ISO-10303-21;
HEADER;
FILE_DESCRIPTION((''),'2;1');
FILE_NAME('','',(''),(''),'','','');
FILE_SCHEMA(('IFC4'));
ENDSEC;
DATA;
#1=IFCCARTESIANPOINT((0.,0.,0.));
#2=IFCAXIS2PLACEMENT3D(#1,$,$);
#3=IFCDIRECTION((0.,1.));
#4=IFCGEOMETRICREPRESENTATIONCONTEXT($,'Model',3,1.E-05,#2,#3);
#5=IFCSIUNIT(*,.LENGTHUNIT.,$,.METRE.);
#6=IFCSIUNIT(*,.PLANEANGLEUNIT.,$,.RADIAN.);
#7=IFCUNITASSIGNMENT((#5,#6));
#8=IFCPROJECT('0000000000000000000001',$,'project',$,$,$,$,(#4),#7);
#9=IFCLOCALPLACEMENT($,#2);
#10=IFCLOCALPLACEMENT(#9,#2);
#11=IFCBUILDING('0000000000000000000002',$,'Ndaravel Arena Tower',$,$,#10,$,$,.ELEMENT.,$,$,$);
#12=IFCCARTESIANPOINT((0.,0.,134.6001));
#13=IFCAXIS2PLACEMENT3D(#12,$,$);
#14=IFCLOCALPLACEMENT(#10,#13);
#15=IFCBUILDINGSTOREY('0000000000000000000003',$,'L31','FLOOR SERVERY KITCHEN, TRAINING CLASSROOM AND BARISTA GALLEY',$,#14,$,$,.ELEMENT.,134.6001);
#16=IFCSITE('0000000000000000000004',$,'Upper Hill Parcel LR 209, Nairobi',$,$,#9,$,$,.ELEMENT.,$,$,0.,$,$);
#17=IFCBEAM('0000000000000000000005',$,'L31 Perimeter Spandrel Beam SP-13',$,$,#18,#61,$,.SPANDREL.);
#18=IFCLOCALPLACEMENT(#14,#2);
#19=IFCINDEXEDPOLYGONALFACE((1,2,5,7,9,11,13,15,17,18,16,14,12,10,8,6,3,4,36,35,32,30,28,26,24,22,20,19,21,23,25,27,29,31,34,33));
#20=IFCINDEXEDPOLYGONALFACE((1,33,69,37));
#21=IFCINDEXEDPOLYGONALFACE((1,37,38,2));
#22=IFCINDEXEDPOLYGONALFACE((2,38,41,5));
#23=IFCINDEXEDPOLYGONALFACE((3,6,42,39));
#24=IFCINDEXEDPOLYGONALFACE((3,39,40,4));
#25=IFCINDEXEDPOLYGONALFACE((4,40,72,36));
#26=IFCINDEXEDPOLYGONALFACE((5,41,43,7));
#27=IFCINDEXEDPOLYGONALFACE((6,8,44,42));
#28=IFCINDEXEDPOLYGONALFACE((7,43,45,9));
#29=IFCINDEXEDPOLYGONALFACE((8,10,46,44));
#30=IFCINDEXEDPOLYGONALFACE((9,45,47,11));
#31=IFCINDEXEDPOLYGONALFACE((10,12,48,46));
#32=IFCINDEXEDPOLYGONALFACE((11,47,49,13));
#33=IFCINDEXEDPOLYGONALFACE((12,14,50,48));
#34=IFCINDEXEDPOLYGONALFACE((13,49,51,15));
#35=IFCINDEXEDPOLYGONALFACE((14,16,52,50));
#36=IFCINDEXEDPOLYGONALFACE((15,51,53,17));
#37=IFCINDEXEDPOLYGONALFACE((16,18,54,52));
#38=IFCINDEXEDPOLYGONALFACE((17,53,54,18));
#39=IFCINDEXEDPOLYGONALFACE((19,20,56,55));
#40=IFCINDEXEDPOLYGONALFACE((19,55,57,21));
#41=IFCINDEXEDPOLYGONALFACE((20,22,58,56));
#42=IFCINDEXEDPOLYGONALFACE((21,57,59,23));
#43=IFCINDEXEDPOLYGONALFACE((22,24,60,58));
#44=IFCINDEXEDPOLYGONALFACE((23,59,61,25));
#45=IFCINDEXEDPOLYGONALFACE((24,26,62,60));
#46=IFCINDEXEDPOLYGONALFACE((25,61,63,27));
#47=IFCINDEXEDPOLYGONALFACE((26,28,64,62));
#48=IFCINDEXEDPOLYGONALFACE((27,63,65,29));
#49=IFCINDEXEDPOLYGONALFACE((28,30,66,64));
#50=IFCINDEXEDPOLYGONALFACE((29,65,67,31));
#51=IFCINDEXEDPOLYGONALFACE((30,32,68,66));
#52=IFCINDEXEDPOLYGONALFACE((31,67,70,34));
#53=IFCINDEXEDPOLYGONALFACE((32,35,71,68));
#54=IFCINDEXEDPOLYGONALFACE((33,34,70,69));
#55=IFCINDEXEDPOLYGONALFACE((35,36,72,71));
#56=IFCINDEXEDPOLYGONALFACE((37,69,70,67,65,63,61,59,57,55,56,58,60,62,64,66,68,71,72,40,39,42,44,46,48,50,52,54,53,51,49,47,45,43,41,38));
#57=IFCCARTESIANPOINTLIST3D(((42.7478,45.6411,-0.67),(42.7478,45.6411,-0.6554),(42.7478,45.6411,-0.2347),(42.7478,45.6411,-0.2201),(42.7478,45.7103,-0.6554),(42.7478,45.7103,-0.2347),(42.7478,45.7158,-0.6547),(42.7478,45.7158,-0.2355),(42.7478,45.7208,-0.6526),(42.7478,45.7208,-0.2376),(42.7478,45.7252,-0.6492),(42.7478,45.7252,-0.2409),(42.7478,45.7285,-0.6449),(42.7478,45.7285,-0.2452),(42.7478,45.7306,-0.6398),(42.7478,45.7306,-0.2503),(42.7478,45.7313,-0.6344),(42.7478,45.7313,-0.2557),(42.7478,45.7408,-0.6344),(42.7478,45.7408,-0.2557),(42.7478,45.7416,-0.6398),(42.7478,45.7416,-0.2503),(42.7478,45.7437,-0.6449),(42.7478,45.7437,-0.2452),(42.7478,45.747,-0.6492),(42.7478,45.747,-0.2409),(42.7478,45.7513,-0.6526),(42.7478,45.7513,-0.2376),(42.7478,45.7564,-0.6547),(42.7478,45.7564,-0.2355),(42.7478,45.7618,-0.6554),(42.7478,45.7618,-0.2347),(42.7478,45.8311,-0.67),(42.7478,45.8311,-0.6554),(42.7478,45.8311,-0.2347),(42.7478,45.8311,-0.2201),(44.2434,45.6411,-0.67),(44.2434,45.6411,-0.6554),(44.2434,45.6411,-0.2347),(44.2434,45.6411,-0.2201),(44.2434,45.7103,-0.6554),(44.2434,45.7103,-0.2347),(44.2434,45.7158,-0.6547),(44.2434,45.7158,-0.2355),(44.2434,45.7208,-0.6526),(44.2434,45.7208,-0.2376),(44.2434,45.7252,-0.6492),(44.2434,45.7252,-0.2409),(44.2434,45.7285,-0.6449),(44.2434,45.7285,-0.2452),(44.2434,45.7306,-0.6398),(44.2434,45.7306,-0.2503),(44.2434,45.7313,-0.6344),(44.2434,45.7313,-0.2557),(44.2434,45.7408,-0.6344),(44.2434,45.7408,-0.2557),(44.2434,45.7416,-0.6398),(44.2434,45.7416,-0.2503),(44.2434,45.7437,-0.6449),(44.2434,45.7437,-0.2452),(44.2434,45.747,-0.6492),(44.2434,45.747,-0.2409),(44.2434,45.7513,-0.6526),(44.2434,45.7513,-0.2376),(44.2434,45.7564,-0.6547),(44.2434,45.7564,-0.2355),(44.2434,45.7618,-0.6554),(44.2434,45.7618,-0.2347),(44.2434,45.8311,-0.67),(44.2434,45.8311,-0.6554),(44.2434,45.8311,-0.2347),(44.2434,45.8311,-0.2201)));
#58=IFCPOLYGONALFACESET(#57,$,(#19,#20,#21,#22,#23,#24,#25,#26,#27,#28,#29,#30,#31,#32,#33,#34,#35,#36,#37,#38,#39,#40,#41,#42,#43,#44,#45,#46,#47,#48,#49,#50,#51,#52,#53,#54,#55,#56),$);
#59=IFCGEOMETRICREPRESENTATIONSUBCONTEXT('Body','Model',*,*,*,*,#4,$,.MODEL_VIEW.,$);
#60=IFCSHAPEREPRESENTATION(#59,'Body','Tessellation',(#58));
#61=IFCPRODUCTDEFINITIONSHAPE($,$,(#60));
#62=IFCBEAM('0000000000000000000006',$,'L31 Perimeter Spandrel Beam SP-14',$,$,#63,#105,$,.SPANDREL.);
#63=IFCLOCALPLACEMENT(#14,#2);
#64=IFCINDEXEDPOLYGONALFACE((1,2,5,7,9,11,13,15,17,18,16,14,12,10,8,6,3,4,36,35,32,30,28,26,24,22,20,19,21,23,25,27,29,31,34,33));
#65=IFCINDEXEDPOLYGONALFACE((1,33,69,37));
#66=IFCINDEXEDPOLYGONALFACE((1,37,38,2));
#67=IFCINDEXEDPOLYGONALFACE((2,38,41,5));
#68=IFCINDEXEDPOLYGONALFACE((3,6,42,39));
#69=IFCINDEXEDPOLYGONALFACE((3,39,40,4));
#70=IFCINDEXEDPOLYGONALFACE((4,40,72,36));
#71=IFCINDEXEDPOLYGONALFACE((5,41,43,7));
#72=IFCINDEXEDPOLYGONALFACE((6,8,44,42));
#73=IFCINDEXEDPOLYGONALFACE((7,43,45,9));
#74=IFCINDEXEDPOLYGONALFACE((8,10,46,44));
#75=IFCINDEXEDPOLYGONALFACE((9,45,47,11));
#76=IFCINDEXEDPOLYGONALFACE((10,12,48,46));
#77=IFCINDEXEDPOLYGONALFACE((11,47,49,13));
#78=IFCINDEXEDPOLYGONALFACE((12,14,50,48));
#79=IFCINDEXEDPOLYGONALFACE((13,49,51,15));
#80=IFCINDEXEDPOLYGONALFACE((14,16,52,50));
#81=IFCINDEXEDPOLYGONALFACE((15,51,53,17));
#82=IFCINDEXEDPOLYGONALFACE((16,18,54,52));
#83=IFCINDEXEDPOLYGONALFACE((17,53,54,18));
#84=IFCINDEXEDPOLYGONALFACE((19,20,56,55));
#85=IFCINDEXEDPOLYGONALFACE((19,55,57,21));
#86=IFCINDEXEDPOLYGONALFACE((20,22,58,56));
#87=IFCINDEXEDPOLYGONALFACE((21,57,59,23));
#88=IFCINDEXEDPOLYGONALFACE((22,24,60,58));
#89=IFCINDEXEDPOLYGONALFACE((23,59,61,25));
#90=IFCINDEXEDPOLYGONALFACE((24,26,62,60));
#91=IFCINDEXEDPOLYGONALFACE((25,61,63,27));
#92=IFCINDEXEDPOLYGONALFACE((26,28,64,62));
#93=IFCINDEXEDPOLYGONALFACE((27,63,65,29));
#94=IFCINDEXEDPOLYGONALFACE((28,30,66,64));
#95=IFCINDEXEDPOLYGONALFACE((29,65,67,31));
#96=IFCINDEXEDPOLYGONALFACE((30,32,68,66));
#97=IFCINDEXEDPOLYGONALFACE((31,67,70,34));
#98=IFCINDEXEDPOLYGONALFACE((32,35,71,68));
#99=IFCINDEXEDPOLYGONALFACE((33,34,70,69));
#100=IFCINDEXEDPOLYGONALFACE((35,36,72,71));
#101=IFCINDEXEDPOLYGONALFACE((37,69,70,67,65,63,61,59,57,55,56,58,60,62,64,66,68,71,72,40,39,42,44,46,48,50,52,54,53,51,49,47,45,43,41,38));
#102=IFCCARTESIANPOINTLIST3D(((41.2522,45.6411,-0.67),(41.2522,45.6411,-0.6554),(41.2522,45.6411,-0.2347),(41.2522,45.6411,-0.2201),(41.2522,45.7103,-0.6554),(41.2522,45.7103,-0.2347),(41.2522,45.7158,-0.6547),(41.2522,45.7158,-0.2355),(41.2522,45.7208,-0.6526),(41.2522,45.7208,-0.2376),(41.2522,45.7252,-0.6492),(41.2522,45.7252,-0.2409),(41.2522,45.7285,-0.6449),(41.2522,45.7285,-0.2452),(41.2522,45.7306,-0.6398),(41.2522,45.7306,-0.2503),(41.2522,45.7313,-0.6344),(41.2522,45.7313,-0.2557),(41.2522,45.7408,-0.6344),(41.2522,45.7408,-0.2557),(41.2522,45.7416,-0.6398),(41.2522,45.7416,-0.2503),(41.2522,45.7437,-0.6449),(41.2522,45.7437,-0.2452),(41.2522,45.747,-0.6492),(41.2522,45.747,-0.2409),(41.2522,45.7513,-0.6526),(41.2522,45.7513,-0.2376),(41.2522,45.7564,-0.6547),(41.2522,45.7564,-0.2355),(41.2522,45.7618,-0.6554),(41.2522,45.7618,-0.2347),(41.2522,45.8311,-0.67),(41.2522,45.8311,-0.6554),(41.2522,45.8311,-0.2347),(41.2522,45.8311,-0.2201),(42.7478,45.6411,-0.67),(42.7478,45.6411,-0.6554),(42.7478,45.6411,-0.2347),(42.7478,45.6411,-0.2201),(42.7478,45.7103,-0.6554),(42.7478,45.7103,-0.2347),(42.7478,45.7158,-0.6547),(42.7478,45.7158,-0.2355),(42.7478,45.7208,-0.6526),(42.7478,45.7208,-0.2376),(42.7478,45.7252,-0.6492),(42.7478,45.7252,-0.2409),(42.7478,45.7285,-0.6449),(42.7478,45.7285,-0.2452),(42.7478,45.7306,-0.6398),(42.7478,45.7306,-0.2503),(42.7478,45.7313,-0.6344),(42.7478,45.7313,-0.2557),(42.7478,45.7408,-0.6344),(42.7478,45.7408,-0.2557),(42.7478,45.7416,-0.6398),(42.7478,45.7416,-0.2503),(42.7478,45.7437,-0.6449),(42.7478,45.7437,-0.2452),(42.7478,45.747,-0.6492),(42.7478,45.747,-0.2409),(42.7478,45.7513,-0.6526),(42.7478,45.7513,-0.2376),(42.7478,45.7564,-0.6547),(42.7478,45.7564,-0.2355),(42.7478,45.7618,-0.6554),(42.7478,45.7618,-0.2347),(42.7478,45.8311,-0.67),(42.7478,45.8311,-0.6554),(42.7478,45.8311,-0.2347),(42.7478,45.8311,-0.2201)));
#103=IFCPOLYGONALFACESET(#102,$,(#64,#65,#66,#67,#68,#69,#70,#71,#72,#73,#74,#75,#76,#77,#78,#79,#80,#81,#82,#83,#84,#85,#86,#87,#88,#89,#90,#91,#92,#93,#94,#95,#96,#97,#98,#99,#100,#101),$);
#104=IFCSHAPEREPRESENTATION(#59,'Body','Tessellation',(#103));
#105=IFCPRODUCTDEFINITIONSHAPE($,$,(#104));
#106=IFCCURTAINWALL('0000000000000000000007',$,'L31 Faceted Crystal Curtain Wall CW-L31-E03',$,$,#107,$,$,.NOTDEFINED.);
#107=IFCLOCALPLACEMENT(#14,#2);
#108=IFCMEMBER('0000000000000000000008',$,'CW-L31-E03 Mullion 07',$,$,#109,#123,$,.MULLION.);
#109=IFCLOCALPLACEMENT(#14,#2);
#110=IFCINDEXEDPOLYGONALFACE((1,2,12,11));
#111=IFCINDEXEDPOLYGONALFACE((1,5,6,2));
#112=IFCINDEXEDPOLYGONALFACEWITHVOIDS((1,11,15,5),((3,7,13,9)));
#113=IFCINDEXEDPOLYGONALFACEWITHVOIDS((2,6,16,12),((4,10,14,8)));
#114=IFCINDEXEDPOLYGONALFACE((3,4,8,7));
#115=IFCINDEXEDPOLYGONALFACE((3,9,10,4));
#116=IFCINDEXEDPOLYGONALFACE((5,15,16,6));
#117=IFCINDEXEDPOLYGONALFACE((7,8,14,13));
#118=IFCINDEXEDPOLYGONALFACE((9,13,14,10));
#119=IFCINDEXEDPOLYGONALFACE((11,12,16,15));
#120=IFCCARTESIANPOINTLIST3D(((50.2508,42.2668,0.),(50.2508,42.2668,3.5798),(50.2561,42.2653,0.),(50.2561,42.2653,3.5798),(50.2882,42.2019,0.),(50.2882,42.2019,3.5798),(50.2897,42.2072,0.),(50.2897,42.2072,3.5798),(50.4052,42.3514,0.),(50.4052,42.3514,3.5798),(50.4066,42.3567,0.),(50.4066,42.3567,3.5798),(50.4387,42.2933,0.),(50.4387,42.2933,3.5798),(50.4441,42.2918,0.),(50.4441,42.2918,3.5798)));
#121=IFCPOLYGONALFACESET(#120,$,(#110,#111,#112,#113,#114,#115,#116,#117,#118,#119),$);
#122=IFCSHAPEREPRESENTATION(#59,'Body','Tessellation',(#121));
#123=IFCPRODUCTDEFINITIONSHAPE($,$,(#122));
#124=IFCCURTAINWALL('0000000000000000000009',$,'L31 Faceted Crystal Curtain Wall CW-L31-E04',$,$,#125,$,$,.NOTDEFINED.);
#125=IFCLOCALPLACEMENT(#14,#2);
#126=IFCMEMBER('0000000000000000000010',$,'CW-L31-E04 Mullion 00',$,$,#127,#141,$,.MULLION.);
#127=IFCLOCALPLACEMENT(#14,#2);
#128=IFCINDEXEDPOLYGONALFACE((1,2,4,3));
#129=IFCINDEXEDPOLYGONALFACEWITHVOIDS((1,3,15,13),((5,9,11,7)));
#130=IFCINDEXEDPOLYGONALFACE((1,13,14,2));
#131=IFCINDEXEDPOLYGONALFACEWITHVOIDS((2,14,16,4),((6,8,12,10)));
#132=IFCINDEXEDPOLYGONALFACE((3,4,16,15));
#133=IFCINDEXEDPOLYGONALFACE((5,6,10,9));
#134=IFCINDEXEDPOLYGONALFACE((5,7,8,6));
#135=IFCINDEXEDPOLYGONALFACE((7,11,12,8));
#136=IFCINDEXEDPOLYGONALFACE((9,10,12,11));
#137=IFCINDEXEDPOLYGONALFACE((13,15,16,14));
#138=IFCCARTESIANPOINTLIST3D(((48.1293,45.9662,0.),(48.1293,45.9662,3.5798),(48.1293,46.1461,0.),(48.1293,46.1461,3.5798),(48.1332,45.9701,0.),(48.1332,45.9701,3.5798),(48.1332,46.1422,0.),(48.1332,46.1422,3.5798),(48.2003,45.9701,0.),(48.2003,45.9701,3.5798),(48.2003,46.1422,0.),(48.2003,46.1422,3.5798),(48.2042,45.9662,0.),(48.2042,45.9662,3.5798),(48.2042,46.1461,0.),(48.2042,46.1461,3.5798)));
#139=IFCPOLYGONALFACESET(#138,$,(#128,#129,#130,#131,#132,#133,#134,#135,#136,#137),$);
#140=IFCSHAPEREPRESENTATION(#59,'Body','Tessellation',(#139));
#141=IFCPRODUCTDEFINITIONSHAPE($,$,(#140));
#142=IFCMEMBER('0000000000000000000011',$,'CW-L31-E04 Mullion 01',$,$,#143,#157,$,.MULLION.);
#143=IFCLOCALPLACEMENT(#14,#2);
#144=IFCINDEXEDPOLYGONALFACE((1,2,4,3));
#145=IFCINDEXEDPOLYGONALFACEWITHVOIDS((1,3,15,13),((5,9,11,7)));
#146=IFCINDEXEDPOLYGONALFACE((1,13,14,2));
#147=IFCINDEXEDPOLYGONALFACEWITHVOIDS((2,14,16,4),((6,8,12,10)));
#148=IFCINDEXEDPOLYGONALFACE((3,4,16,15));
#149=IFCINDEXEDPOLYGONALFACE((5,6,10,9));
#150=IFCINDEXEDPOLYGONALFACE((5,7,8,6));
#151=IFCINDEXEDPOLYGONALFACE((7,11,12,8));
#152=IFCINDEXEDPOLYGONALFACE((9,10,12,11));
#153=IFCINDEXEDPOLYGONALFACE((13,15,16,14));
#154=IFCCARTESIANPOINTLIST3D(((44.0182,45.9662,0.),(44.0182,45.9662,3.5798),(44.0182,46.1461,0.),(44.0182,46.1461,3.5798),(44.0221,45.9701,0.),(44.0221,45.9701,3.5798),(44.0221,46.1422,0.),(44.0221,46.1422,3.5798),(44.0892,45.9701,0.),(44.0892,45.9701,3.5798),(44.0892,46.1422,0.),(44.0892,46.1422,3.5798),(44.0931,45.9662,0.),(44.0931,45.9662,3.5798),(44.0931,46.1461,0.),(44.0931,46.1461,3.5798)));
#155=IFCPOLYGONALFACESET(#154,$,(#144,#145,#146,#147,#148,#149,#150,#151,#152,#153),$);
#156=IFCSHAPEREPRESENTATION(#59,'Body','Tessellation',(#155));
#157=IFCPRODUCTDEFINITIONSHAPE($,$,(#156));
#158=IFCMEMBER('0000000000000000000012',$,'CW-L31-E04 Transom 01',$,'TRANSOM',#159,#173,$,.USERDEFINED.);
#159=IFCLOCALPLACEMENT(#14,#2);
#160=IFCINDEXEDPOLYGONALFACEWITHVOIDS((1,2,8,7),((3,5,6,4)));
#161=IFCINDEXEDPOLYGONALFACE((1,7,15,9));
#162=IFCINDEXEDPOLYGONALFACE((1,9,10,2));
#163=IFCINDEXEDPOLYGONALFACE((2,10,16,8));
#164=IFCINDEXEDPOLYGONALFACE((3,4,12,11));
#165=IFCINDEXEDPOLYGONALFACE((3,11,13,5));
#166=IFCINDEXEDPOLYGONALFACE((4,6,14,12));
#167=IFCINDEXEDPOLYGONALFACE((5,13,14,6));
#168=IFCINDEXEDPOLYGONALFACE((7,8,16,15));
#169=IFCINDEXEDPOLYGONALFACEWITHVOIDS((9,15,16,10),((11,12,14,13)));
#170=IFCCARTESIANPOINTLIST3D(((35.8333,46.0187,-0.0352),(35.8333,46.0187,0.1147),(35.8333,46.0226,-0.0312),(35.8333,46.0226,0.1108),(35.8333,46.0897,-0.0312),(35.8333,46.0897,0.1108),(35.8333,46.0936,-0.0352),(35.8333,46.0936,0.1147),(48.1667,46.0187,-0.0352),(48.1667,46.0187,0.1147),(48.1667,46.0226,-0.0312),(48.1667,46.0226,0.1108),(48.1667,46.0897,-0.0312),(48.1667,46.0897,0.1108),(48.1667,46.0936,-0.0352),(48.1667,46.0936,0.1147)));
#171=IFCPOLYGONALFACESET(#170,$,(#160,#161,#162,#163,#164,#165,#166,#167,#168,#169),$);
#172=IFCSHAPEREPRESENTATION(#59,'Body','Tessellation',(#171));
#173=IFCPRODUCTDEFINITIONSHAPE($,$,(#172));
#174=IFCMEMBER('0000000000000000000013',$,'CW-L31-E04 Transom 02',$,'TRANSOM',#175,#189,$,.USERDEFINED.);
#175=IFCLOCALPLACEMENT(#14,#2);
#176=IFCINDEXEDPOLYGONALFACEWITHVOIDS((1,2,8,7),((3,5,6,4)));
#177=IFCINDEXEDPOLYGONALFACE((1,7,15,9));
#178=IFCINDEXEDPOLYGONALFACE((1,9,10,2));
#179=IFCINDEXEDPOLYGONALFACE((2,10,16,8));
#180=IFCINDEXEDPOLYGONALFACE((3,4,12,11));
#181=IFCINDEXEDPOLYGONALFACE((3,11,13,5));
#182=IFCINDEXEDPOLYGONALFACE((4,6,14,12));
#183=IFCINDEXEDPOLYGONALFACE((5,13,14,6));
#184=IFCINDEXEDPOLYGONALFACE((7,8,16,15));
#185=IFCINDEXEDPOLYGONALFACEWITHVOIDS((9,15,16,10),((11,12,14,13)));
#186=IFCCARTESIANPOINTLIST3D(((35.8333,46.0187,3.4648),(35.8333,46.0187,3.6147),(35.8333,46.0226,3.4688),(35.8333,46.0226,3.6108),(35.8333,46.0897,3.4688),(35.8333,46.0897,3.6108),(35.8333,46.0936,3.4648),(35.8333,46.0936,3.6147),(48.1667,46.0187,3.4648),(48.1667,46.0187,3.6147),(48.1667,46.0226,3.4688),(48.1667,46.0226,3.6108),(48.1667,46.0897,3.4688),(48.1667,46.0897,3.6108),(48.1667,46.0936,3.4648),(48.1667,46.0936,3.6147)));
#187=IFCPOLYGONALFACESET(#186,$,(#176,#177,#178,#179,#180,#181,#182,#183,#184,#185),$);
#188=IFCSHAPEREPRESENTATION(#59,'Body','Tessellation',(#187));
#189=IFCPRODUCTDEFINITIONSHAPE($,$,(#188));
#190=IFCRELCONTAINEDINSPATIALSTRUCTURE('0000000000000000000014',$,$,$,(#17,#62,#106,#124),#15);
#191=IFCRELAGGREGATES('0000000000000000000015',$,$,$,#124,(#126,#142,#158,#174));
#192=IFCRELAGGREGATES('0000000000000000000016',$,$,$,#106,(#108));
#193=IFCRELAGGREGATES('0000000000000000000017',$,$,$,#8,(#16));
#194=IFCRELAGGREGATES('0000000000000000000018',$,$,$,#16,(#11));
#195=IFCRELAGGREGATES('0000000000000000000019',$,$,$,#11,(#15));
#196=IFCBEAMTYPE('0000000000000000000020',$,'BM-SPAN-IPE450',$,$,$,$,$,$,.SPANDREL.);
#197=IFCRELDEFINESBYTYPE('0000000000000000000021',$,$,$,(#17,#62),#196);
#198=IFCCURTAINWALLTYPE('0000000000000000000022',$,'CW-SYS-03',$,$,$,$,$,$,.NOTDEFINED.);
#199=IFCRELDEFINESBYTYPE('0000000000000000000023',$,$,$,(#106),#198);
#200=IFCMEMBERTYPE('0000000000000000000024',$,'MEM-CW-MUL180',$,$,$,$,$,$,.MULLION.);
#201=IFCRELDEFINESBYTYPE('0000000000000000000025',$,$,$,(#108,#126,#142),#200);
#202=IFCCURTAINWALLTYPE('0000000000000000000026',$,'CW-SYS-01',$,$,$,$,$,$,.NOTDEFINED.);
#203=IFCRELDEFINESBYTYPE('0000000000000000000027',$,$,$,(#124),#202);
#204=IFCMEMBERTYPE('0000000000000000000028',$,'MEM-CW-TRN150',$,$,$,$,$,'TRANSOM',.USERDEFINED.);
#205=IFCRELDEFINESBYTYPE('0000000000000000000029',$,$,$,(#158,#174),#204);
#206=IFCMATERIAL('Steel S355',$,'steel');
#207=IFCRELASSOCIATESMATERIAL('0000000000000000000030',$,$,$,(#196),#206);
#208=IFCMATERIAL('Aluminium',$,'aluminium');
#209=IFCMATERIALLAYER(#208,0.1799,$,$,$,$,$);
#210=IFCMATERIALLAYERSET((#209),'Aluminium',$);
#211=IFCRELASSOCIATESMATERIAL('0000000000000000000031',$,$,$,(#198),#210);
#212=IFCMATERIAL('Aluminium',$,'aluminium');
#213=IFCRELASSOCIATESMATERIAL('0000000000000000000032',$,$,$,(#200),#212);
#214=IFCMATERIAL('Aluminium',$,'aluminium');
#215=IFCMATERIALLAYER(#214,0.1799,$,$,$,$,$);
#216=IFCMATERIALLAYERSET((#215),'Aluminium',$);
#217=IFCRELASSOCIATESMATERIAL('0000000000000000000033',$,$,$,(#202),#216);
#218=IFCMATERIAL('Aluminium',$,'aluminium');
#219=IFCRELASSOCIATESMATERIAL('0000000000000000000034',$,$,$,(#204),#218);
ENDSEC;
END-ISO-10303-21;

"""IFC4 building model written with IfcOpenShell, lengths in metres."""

from ifc_helpers import new_model, si_unit, direction, frame, origin, origin_2d, place, context, subcontext, project, spatial, hollow_rectangle, i_section, extrude, material, layer, layer_set, material_profile, profile_set, type_object, element, aggregate, save


model = new_model("IFC4")

# Units and contexts
model_context = context("Model", 3, precision=1e-05, world=origin(), true_north=direction((0.0, 1.0)))
body_context = subcontext(model_context, "Body", "Model", "MODEL_VIEW")
ifc_project = project(units=[si_unit("LENGTHUNIT", "METRE"), si_unit("PLANEANGLEUNIT", "RADIAN")], contexts=[model_context])

# Site, building, storey
site_placement = place(None, origin())
site = spatial("IfcSite", under=ifc_project, at=site_placement, Name="Upper Hill Parcel LR 209, Nairobi", CompositionType="ELEMENT", RefElevation=0.0)
building_placement = place(site_placement, origin())
building = spatial("IfcBuilding", under=site, at=building_placement, Name="Ndaravel Arena Tower", CompositionType="ELEMENT")
storey_placement = place(building_placement, frame((0.0, 0.0, 134.6001)))
storey = spatial("IfcBuildingStorey", under=building, at=storey_placement, Name="L31", Description="FLOOR SERVERY KITCHEN, TRAINING CLASSROOM AND BARISTA GALLEY", CompositionType="ELEMENT", Elevation=134.6001)

# Beams
ifc_material_1 = material(Name="Steel S355", Category="steel")
ifc_material_profile_1 = material_profile(ifc_material_1, i_section(OverallWidth=0.1899, OverallDepth=0.45, WebThickness=0.0095, FlangeThickness=0.0146, FilletRadius=0.021, at=origin_2d()), Name="IPE 450")
ifc_profile_set_1 = profile_set([ifc_material_profile_1], Name="Steel S355")
beam_type_1 = type_object("IfcBeamType", Name="BM-SPAN-IPE450", PredefinedType="SPANDREL", material=ifc_profile_set_1)
for number, where, z_axis, x_axis, name in (
    (1, (44.2434, 45.7361, -0.4451), (-1.0, 0.0, 0.0), (0.0, -1.0, 0.0), "L31 Perimeter Spandrel Beam SP-13"),
    (2, (42.7478, 45.7361, -0.4451), (-1.0, 0.0, 0.0), (0.0, -1.0, 0.0), "L31 Perimeter Spandrel Beam SP-14"),
):
    element("IfcBeam", number, at=place(storey_placement, frame(where, z_axis=z_axis, x_axis=x_axis)), inside=storey, type_object=beam_type_1, Name=name, PredefinedType="SPANDREL", context=body_context, shape_type="SweptSolid", body=[
        extrude(i_section(OverallWidth=0.1899, OverallDepth=0.45, WebThickness=0.0095, FlangeThickness=0.0146, FilletRadius=0.021, at=origin_2d()), origin(), (0.0, 0.0, 1.0), 1.4956),
    ])

# Curtain wall, member
ifc_material_2 = material(Name="Aluminium", Category="aluminium")
ifc_layer_1 = layer(ifc_material_2, 0.1799)
ifc_layer_set_1 = layer_set([ifc_layer_1], Name="Aluminium")
curtain_wall_type_1 = type_object("IfcCurtainWallType", Name="CW-SYS-03", PredefinedType="NOTDEFINED", material=ifc_layer_set_1)
curtain_wall_1_placement = place(storey_placement, origin())
curtain_wall_1 = element("IfcCurtainWall", 3, at=curtain_wall_1_placement, inside=storey, type_object=curtain_wall_type_1, Name="L31 Faceted Crystal Curtain Wall CW-L31-E03", PredefinedType="NOTDEFINED")
ifc_material_3 = material(Name="Aluminium", Category="aluminium")
ifc_material_profile_2 = material_profile(ifc_material_3, hollow_rectangle(XDim=0.075, YDim=0.1799, WallThickness=0.0039, at=origin_2d()), Name="CW MULLION 75x180x4")
ifc_profile_set_2 = profile_set([ifc_material_profile_2], Name="Aluminium")
member_type_1 = type_object("IfcMemberType", Name="MEM-CW-MUL180", PredefinedType="MULLION", material=ifc_profile_set_2)
member_1_placement = place(storey_placement, frame((50.3474, 42.2793, 0.0), z_axis=(0.0, 0.0, 1.0), x_axis=(-0.5, 0.866025, 0.0)))
member_1 = element("IfcMember", 4, at=member_1_placement, type_object=member_type_1, Name="CW-L31-E03 Mullion 07", PredefinedType="MULLION", context=body_context, shape_type="SweptSolid", body=[
    extrude(hollow_rectangle(XDim=0.075, YDim=0.1799, WallThickness=0.0039, at=origin_2d()), origin(), (0.0, 0.0, 1.0), 3.5798),
])

# Curtain wall, members
ifc_material_4 = material(Name="Aluminium", Category="aluminium")
ifc_layer_2 = layer(ifc_material_4, 0.1799)
ifc_layer_set_2 = layer_set([ifc_layer_2], Name="Aluminium")
curtain_wall_type_2 = type_object("IfcCurtainWallType", Name="CW-SYS-01", PredefinedType="NOTDEFINED", material=ifc_layer_set_2)
curtain_wall_2_placement = place(storey_placement, origin())
curtain_wall_2 = element("IfcCurtainWall", 5, at=curtain_wall_2_placement, inside=storey, type_object=curtain_wall_type_2, Name="L31 Faceted Crystal Curtain Wall CW-L31-E04", PredefinedType="NOTDEFINED")
member_2_placement = place(storey_placement, frame((48.1667, 46.0562, 0.0), z_axis=(0.0, 0.0, 1.0), x_axis=(-1.0, 0.0, 0.0)))
member_2 = element("IfcMember", 6, at=member_2_placement, type_object=member_type_1, Name="CW-L31-E04 Mullion 00", PredefinedType="MULLION", context=body_context, shape_type="SweptSolid", body=[
    extrude(hollow_rectangle(XDim=0.075, YDim=0.1799, WallThickness=0.0039, at=origin_2d()), origin(), (0.0, 0.0, 1.0), 3.5798),
])
member_3_placement = place(storey_placement, frame((44.0557, 46.0562, 0.0), z_axis=(0.0, 0.0, 1.0), x_axis=(-1.0, 0.0, 0.0)))
member_3 = element("IfcMember", 7, at=member_3_placement, type_object=member_type_1, Name="CW-L31-E04 Mullion 01", PredefinedType="MULLION", context=body_context, shape_type="SweptSolid", body=[
    extrude(hollow_rectangle(XDim=0.075, YDim=0.1799, WallThickness=0.0039, at=origin_2d()), origin(), (0.0, 0.0, 1.0), 3.5798),
])
ifc_material_5 = material(Name="Aluminium", Category="aluminium")
ifc_material_profile_3 = material_profile(ifc_material_5, hollow_rectangle(XDim=0.075, YDim=0.1499, WallThickness=0.0039, at=origin_2d()), Name="CW TRANSOM 75x150x4")
ifc_profile_set_3 = profile_set([ifc_material_profile_3], Name="Aluminium")
member_type_2 = type_object("IfcMemberType", Name="MEM-CW-TRN150", ElementType="TRANSOM", PredefinedType="USERDEFINED", material=ifc_profile_set_3)
member_4_placement = place(storey_placement, frame((48.1667, 46.0562, 0.0398), z_axis=(-1.0, 0.0, 0.0), x_axis=(0.0, -1.0, 0.0)))
member_4 = element("IfcMember", 8, at=member_4_placement, type_object=member_type_2, Name="CW-L31-E04 Transom 01", ObjectType="TRANSOM", PredefinedType="USERDEFINED", context=body_context, shape_type="SweptSolid", body=[
    extrude(hollow_rectangle(XDim=0.075, YDim=0.1499, WallThickness=0.0039, at=origin_2d()), origin(), (0.0, 0.0, 1.0), 12.3335),
])
member_5_placement = place(storey_placement, frame((48.1667, 46.0562, 3.5398), z_axis=(-1.0, 0.0, 0.0), x_axis=(0.0, -1.0, 0.0)))
member_5 = element("IfcMember", 9, at=member_5_placement, type_object=member_type_2, Name="CW-L31-E04 Transom 02", ObjectType="TRANSOM", PredefinedType="USERDEFINED", context=body_context, shape_type="SweptSolid", body=[
    extrude(hollow_rectangle(XDim=0.075, YDim=0.1499, WallThickness=0.0039, at=origin_2d()), origin(), (0.0, 0.0, 1.0), 12.3335),
])
aggregate(curtain_wall_2, [member_2, member_3, member_4, member_5])

aggregate(curtain_wall_1, [member_1])

save(model, "model.ifc")
